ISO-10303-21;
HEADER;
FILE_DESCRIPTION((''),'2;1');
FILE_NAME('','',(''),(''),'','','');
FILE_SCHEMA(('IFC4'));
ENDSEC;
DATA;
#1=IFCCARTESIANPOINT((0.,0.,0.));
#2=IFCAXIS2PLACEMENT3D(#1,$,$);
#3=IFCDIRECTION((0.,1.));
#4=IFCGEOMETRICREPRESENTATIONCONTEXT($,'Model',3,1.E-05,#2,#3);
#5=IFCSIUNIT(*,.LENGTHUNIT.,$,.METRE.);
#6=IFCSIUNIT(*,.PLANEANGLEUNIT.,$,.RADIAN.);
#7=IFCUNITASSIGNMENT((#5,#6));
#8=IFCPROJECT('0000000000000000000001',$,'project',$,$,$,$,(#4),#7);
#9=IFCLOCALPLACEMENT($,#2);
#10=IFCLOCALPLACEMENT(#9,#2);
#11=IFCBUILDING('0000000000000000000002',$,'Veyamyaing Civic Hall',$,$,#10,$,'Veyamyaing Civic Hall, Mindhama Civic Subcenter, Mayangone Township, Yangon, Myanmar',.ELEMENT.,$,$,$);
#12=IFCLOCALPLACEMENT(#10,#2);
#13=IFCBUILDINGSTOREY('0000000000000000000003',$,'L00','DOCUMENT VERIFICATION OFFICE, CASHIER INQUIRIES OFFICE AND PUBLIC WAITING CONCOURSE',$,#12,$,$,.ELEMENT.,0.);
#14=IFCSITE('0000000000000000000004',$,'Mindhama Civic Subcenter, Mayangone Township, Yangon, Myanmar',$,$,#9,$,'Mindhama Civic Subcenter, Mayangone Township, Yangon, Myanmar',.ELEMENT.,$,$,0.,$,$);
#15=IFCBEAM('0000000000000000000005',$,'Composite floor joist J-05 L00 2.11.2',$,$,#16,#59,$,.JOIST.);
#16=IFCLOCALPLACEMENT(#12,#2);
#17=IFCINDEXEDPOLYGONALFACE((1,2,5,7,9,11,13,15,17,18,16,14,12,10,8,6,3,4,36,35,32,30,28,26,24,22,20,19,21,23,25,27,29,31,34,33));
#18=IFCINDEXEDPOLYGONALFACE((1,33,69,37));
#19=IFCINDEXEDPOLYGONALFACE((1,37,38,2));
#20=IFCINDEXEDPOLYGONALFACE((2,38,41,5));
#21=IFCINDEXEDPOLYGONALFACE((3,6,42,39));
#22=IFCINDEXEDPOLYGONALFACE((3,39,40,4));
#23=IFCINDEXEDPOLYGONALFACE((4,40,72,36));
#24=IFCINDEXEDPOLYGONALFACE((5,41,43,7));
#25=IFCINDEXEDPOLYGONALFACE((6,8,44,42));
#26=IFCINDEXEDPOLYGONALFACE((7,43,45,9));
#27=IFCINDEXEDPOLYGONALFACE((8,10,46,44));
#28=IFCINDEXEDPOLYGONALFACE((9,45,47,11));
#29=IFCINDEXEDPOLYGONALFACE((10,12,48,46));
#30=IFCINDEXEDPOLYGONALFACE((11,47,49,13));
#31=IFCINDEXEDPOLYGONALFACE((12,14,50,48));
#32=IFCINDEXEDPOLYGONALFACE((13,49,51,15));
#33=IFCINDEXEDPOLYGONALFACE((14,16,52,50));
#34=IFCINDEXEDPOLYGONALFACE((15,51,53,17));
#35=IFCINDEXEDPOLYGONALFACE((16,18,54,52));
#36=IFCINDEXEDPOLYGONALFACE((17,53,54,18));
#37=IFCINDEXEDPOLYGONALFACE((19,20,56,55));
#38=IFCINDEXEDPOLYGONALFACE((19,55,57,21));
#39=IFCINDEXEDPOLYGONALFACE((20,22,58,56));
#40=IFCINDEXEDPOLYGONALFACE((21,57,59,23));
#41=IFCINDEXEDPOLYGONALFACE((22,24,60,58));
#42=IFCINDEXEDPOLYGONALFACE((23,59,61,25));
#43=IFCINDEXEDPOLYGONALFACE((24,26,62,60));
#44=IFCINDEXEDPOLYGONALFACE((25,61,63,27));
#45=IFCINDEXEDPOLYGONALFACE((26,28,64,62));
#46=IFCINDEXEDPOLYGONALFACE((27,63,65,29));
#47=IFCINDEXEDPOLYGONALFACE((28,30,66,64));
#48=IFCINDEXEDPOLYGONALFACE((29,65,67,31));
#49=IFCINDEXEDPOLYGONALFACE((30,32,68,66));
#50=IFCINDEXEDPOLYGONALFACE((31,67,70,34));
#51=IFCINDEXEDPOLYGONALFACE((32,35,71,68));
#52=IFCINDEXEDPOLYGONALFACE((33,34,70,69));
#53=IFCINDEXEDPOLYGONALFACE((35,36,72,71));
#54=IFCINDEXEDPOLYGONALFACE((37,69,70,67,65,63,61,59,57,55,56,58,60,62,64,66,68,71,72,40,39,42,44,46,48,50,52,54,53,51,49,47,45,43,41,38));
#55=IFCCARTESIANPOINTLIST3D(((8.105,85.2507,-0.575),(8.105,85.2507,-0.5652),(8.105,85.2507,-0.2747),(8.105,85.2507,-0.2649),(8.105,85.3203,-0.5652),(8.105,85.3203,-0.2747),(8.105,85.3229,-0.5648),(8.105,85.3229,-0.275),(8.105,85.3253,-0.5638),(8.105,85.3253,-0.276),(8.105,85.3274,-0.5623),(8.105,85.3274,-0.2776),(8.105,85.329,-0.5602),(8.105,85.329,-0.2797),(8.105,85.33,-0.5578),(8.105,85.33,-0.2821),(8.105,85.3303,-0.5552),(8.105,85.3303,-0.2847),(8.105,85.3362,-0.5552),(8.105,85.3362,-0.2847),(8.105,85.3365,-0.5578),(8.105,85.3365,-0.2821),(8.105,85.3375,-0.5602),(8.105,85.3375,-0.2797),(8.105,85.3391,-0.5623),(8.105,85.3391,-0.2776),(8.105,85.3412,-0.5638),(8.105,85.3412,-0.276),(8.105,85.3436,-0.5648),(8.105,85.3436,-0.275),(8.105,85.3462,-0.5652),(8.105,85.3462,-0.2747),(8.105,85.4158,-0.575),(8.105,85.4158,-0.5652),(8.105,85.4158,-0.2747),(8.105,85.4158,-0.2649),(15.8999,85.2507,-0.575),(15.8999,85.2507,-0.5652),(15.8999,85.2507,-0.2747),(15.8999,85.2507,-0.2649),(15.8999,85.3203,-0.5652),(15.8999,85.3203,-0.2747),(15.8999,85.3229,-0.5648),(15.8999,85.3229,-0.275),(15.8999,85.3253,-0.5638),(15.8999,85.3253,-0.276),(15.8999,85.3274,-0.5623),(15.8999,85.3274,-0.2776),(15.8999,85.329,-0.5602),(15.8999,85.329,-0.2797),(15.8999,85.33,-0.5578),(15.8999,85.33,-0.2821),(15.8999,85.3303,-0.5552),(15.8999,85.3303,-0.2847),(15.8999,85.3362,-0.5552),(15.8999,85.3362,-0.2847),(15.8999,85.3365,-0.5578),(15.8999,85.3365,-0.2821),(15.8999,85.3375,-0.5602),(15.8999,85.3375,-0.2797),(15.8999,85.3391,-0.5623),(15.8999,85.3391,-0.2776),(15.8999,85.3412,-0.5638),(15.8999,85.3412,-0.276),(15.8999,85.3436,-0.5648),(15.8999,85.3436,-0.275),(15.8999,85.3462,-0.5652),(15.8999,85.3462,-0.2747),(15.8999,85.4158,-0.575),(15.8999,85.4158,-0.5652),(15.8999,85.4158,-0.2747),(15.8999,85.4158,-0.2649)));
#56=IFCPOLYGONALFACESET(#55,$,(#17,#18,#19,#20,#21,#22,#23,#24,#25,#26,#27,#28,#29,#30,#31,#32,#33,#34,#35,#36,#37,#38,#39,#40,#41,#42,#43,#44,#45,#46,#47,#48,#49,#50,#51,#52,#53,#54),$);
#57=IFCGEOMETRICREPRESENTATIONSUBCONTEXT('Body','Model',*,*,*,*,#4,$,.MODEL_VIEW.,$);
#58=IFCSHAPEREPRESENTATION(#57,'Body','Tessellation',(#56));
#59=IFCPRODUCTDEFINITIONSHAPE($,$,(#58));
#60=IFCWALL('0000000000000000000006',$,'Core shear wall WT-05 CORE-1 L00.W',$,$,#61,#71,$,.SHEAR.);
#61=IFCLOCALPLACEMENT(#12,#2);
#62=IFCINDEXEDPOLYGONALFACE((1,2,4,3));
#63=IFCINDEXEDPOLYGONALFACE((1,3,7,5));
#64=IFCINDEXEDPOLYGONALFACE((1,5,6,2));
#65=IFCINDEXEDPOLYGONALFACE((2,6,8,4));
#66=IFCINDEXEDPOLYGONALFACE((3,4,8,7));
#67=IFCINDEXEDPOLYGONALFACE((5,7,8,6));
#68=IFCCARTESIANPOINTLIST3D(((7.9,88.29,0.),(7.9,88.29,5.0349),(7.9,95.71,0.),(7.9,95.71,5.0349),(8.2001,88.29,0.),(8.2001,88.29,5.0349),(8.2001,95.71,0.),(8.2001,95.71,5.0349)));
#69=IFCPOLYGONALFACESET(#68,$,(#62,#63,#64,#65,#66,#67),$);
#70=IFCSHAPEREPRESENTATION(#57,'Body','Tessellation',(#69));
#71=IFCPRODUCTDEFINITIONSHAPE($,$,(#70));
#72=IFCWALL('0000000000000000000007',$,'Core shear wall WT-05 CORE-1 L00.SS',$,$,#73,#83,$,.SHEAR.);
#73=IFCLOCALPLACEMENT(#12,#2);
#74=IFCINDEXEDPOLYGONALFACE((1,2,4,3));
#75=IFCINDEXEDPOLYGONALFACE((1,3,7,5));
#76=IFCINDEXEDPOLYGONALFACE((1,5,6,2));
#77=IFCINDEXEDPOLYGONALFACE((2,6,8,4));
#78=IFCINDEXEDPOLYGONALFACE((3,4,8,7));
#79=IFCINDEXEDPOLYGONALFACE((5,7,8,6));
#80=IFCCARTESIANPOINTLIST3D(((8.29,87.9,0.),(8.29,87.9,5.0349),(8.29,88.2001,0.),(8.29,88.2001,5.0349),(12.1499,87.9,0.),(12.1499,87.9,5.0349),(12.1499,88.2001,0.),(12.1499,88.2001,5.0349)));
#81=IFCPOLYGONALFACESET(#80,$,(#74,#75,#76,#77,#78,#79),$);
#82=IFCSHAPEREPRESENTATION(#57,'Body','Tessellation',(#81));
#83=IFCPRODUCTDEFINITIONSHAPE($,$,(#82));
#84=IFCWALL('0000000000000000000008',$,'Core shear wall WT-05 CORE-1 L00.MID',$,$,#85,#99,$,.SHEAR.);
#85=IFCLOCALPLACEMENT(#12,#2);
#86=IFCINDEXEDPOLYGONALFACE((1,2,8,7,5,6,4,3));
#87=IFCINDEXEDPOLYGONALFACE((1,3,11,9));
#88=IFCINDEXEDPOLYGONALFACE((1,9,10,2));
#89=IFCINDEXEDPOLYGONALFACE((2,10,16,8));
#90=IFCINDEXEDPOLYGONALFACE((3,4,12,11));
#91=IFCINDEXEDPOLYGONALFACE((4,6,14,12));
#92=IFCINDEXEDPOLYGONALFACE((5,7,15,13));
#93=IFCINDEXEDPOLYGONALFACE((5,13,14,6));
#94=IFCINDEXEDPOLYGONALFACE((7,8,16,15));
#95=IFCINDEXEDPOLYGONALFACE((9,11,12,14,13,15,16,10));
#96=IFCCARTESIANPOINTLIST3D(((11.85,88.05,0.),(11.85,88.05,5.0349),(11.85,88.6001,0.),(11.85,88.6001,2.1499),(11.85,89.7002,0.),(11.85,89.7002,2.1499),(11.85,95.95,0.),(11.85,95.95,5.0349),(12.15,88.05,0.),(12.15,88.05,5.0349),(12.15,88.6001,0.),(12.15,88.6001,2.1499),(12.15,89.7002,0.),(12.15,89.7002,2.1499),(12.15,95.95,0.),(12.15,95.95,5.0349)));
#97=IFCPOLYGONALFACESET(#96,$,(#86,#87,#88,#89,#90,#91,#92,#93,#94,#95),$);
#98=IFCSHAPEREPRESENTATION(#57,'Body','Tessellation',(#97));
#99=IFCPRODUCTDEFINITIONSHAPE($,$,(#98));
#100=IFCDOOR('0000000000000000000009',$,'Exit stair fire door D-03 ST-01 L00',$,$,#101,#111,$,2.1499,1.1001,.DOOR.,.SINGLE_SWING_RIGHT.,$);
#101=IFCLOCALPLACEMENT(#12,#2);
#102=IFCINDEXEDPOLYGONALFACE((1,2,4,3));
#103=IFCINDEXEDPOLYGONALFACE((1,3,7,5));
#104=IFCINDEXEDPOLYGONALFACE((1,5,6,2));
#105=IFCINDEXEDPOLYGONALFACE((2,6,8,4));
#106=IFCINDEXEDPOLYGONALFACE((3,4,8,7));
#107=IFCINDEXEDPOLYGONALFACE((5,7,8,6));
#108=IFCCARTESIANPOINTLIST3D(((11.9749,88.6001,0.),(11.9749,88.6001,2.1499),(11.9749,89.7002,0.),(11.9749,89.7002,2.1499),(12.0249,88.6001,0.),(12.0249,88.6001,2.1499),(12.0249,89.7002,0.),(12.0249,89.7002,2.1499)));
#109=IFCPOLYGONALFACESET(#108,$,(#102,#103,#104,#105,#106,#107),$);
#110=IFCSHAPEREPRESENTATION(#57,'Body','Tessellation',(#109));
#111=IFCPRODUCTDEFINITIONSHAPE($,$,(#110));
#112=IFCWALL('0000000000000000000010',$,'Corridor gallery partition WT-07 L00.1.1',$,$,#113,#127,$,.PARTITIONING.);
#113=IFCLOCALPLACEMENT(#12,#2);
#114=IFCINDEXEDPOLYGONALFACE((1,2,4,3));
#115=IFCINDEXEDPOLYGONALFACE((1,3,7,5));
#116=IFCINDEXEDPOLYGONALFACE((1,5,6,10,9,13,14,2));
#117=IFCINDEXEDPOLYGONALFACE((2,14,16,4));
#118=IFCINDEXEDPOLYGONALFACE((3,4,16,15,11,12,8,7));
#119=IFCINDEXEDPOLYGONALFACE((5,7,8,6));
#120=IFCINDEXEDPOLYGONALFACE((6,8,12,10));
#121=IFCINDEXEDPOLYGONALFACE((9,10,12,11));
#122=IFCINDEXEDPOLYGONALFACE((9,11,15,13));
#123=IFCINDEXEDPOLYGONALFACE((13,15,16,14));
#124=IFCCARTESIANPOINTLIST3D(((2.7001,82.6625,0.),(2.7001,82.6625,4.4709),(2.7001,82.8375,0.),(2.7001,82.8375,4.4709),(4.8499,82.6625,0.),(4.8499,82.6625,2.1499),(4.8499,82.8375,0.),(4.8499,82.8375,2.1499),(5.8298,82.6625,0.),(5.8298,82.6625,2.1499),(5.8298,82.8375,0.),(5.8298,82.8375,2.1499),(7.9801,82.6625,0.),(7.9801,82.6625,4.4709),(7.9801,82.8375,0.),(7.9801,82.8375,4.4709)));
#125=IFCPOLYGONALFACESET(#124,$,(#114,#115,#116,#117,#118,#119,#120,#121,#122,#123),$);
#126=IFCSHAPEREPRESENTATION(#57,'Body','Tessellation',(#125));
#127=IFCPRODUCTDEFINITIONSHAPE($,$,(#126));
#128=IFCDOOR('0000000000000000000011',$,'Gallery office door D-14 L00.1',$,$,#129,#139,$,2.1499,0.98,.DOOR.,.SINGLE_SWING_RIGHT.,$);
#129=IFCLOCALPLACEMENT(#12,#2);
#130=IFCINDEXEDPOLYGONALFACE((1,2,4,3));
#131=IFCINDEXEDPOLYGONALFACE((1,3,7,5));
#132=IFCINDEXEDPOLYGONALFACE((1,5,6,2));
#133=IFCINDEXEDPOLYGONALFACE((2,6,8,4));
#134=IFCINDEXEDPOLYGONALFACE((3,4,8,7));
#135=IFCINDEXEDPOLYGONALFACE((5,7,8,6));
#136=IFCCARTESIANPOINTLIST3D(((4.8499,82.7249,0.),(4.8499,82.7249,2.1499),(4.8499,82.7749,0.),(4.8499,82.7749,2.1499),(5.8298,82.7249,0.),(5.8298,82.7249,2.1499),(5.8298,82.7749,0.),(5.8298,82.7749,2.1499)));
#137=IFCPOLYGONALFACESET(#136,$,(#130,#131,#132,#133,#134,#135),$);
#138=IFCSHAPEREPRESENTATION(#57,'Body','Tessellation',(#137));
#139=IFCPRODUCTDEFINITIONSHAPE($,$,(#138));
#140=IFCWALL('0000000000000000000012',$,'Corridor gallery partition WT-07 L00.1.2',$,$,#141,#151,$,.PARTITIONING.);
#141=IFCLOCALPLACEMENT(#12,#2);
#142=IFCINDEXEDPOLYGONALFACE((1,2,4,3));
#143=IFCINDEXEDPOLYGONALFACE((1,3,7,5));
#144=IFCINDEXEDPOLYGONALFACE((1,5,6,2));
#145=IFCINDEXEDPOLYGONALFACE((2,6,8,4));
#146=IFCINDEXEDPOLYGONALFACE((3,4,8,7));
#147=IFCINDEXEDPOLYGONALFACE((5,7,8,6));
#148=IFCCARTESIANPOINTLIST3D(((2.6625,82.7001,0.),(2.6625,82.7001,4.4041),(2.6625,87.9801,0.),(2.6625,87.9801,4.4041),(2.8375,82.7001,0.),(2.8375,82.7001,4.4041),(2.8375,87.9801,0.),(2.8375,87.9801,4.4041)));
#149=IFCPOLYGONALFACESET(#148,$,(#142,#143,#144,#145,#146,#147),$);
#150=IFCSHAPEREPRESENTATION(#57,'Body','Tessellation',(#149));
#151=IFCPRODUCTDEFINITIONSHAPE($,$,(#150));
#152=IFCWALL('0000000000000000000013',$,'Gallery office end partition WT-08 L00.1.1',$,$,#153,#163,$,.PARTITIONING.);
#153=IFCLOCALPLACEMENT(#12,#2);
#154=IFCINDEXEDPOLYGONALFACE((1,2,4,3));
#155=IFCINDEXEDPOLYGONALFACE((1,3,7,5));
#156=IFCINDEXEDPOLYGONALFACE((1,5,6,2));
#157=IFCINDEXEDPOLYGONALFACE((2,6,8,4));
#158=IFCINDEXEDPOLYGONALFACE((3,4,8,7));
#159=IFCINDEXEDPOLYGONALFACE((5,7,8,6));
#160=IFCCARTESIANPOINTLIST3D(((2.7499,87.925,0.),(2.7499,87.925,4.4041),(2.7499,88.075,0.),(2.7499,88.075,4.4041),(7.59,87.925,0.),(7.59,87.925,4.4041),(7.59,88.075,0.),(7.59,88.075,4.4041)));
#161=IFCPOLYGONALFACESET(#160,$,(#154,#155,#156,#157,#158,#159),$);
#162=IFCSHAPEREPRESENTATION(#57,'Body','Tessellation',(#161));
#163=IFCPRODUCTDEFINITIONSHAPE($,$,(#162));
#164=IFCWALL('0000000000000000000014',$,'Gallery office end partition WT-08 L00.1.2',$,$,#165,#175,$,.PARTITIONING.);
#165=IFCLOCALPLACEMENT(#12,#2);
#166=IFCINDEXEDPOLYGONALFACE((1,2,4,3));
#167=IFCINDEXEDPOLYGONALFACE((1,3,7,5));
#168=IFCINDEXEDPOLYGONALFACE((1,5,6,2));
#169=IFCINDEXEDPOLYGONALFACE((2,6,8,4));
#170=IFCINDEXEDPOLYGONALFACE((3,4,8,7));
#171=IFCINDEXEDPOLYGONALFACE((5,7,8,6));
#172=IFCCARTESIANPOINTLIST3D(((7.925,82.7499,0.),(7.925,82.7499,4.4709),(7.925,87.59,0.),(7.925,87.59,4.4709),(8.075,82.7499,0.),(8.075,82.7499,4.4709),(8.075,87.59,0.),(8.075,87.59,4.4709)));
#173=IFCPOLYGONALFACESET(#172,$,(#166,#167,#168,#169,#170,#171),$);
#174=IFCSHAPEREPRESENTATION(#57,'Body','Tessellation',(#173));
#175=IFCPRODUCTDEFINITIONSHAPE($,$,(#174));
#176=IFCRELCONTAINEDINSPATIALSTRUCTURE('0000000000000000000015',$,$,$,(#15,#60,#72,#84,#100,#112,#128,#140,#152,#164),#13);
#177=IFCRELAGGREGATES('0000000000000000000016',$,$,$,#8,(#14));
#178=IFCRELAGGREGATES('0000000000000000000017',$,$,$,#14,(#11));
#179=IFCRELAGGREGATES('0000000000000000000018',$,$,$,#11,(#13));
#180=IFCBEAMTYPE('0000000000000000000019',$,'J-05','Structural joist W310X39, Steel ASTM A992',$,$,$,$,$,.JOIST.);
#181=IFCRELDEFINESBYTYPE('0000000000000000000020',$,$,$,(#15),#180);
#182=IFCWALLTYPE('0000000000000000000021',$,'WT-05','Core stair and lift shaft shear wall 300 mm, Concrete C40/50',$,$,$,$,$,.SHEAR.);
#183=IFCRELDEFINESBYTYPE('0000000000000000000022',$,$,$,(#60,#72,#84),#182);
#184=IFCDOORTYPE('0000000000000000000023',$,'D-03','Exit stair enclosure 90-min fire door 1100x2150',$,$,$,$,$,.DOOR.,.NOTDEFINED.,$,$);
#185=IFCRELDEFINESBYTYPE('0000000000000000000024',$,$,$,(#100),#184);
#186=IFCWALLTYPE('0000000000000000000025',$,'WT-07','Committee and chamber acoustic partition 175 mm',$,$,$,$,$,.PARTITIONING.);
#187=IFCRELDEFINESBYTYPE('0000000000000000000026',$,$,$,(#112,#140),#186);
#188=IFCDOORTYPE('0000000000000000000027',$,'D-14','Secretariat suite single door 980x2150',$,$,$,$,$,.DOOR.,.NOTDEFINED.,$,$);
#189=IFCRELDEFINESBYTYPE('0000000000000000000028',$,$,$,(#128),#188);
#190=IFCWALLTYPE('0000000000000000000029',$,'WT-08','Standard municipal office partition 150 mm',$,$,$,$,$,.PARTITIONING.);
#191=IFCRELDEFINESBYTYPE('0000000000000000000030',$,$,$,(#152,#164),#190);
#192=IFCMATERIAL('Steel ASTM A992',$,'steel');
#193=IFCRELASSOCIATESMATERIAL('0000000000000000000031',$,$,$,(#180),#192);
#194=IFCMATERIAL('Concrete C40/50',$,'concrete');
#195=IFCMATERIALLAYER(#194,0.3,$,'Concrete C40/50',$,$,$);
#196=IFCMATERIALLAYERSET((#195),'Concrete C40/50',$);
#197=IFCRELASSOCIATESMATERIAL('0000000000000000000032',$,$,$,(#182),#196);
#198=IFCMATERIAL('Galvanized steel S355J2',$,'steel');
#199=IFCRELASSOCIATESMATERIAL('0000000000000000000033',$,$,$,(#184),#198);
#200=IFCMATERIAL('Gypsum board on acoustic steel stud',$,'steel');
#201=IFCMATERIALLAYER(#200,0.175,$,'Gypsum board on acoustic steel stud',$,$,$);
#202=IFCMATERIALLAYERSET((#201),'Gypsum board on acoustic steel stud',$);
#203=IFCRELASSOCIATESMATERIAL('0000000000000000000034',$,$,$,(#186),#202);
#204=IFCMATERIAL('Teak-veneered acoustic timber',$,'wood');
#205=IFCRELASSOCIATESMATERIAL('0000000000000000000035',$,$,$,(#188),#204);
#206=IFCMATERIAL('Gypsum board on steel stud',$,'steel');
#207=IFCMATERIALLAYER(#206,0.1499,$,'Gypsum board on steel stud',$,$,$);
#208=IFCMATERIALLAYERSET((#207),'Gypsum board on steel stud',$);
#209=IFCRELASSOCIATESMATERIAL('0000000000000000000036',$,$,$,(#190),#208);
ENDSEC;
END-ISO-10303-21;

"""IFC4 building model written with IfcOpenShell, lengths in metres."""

from ifc_helpers import new_model, si_unit, direction, frame, frame_2d, origin, origin_2d, place, context, subcontext, project, spatial, rectangle, i_section, extrude, material, layer, layer_set, material_profile, profile_set, type_object, element, fill, save


model = new_model("IFC4")

# Units and contexts
model_context = context("Model", 3, precision=1e-05, world=origin(), true_north=direction((0.0, 1.0)))
body_context = subcontext(model_context, "Body", "Model", "MODEL_VIEW")
ifc_project = project(units=[si_unit("LENGTHUNIT", "METRE"), si_unit("PLANEANGLEUNIT", "RADIAN")], contexts=[model_context])

# Site, building, storey
site_placement = place(None, origin())
site = spatial("IfcSite", under=ifc_project, at=site_placement, Name="Mindhama Civic Subcenter, Mayangone Township, Yangon, Myanmar", LongName="Mindhama Civic Subcenter, Mayangone Township, Yangon, Myanmar", CompositionType="ELEMENT", RefElevation=0.0)
building_placement = place(site_placement, origin())
building = spatial("IfcBuilding", under=site, at=building_placement, Name="Veyamyaing Civic Hall", LongName="Veyamyaing Civic Hall, Mindhama Civic Subcenter, Mayangone Township, Yangon, Myanmar", CompositionType="ELEMENT")
storey_placement = place(building_placement, origin())
storey = spatial("IfcBuildingStorey", under=building, at=storey_placement, Name="L00", Description="DOCUMENT VERIFICATION OFFICE, CASHIER INQUIRIES OFFICE AND PUBLIC WAITING CONCOURSE", CompositionType="ELEMENT", Elevation=0.0)

# Beam
ifc_material_1 = material(Name="Steel ASTM A992", Category="steel")
ifc_material_profile_1 = material_profile(ifc_material_1, i_section(OverallWidth=0.165, OverallDepth=0.3101, WebThickness=0.0059, FlangeThickness=0.0098, FilletRadius=0.01, at=origin_2d()), Name="W310X39")
ifc_profile_set_1 = profile_set([ifc_material_profile_1], Name="Steel ASTM A992")
beam_type_1 = type_object("IfcBeamType", Name="J-05", Description="Structural joist W310X39, Steel ASTM A992", PredefinedType="JOIST", material=ifc_profile_set_1)
for number, where, z_axis, x_axis, name in (
    (1, (8.105, 85.3333, -0.4199), (1.0, 0.0, 0.0), (0.0, 1.0, 0.0), "Composite floor joist J-05 L00 2.11.2"),
):
    element("IfcBeam", number, at=place(storey_placement, frame(where, z_axis=z_axis, x_axis=x_axis)), inside=storey, type_object=beam_type_1, Name=name, PredefinedType="JOIST", context=body_context, shape_type="SweptSolid", body=[
        extrude(i_section(OverallWidth=0.165, OverallDepth=0.3101, WebThickness=0.0059, FlangeThickness=0.0098, FilletRadius=0.01, at=origin_2d()), origin(), (0.0, 0.0, 1.0), 7.7949),
    ])

# Walls
ifc_material_2 = material(Name="Concrete C40/50", Category="concrete")
ifc_layer_1 = layer(ifc_material_2, 0.3, Name="Concrete C40/50")
ifc_layer_set_1 = layer_set([ifc_layer_1], Name="Concrete C40/50")
wall_type_1 = type_object("IfcWallType", Name="WT-05", Description="Core stair and lift shaft shear wall 300 mm, Concrete C40/50", PredefinedType="SHEAR", material=ifc_layer_set_1)
wall_1_placement = place(storey_placement, frame((8.05, 88.29, 0.0), z_axis=(0.0, 0.0, 1.0), x_axis=(0.0, 1.0, 0.0)))
element("IfcWall", 2, at=wall_1_placement, inside=storey, type_object=wall_type_1, Name="Core shear wall WT-05 CORE-1 L00.W", PredefinedType="SHEAR", context=body_context, shape_type="SweptSolid", body=[
    extrude(rectangle(XDim=7.4199, YDim=0.3, at=frame_2d((3.71, 0.0))), origin(), (0.0, 0.0, 1.0), 5.0349),
])
wall_2_placement = place(storey_placement, frame((8.29, 88.05, 0.0), z_axis=(0.0, 0.0, 1.0), x_axis=(1.0, 0.0, 0.0)))
element("IfcWall", 3, at=wall_2_placement, inside=storey, type_object=wall_type_1, Name="Core shear wall WT-05 CORE-1 L00.SS", PredefinedType="SHEAR", context=body_context, shape_type="SweptSolid", body=[
    extrude(rectangle(XDim=3.8599, YDim=0.3, at=frame_2d((1.9299, 0.0))), origin(), (0.0, 0.0, 1.0), 5.0349),
])

# Walls, openings, doors
wall_3_placement = place(storey_placement, frame((12.0, 88.05, 0.0), z_axis=(0.0, 0.0, 1.0), x_axis=(0.0, 1.0, 0.0)))
wall_3 = element("IfcWall", 4, at=wall_3_placement, inside=storey, type_object=wall_type_1, Name="Core shear wall WT-05 CORE-1 L00.MID", PredefinedType="SHEAR", context=body_context, shape_type="SweptSolid", body=[
    extrude(rectangle(XDim=7.8999, YDim=0.3, at=frame_2d((3.95, 0.0))), origin(), (0.0, 0.0, 1.0), 5.0349),
])
opening_1_placement = place(wall_3_placement, frame((0.55, 0.0, 0.0)))
opening_1 = element("IfcOpeningElement", 5, at=opening_1_placement, cuts=wall_3, PredefinedType="OPENING", context=body_context, shape_type="SweptSolid", body=[
    extrude(rectangle(XDim=1.1001, YDim=2.1499, at=frame_2d((0.55, 1.075))), frame((0.0, 0.1599, 0.0), z_axis=(0.0, -1.0, 0.0), x_axis=(1.0, 0.0, 0.0)), (0.0, 0.0, 1.0), 0.3201),
])
ifc_material_3 = material(Name="Galvanized steel S355J2", Category="steel")
door_type_1 = type_object("IfcDoorType", Name="D-03", Description="Exit stair enclosure 90-min fire door 1100x2150", OperationType="NOTDEFINED", PredefinedType="DOOR", material=ifc_material_3)
door_1_placement = place(opening_1_placement, frame((1.1001, 0.0, 0.0), z_axis=(0.0, 0.0, 1.0), x_axis=(-1.0, 0.0, 0.0)))
door_1 = element("IfcDoor", 6, at=door_1_placement, inside=storey, type_object=door_type_1, Name="Exit stair fire door D-03 ST-01 L00", OperationType="SINGLE_SWING_RIGHT", OverallHeight=2.1499, OverallWidth=1.1001, PredefinedType="DOOR", context=body_context, shape_type="SweptSolid", body=[
    extrude(rectangle(XDim=1.1001, YDim=2.1499, at=frame_2d((0.55, 1.075))), frame((0.0, 0.0249, 0.0), z_axis=(0.0, -1.0, 0.0), x_axis=(1.0, 0.0, 0.0)), (0.0, 0.0, 1.0), 0.05),
])
fill(opening_1, door_1)
ifc_material_4 = material(Name="Gypsum board on acoustic steel stud", Category="steel")
ifc_layer_2 = layer(ifc_material_4, 0.175, Name="Gypsum board on acoustic steel stud")
ifc_layer_set_2 = layer_set([ifc_layer_2], Name="Gypsum board on acoustic steel stud")
wall_type_2 = type_object("IfcWallType", Name="WT-07", Description="Committee and chamber acoustic partition 175 mm", PredefinedType="PARTITIONING", material=ifc_layer_set_2)
wall_4_placement = place(storey_placement, frame((2.7, 82.75, 0.0), z_axis=(0.0, 0.0, 1.0), x_axis=(1.0, 0.0, 0.0)))
wall_4 = element("IfcWall", 7, at=wall_4_placement, inside=storey, type_object=wall_type_2, Name="Corridor gallery partition WT-07 L00.1.1", PredefinedType="PARTITIONING", context=body_context, shape_type="SweptSolid", body=[
    extrude(rectangle(XDim=5.28, YDim=0.175, at=frame_2d((2.6401, 0.0))), origin(), (0.0, 0.0, 1.0), 4.4709),
])
opening_2_placement = place(wall_4_placement, frame((2.1499, 0.0, 0.0)))
opening_2 = element("IfcOpeningElement", 8, at=opening_2_placement, cuts=wall_4, PredefinedType="OPENING", context=body_context, shape_type="SweptSolid", body=[
    extrude(rectangle(XDim=0.98, YDim=2.1499, at=frame_2d((0.49, 1.075))), frame((0.0, 0.0974, 0.0), z_axis=(0.0, -1.0, 0.0), x_axis=(1.0, 0.0, 0.0)), (0.0, 0.0, 1.0), 0.1951),
])
ifc_material_5 = material(Name="Teak-veneered acoustic timber", Category="wood")
door_type_2 = type_object("IfcDoorType", Name="D-14", Description="Secretariat suite single door 980x2150", OperationType="NOTDEFINED", PredefinedType="DOOR", material=ifc_material_5)
door_2_placement = place(opening_2_placement, origin())
door_2 = element("IfcDoor", 9, at=door_2_placement, inside=storey, type_object=door_type_2, Name="Gallery office door D-14 L00.1", OperationType="SINGLE_SWING_RIGHT", OverallHeight=2.1499, OverallWidth=0.98, PredefinedType="DOOR", context=body_context, shape_type="SweptSolid", body=[
    extrude(rectangle(XDim=0.98, YDim=2.1499, at=frame_2d((0.49, 1.075))), frame((0.0, 0.0249, 0.0), z_axis=(0.0, -1.0, 0.0), x_axis=(1.0, 0.0, 0.0)), (0.0, 0.0, 1.0), 0.05),
])
fill(opening_2, door_2)

# Walls
wall_5_placement = place(storey_placement, frame((2.75, 82.7, 0.0), z_axis=(0.0, 0.0, 1.0), x_axis=(0.0, 1.0, 0.0)))
element("IfcWall", 10, at=wall_5_placement, inside=storey, type_object=wall_type_2, Name="Corridor gallery partition WT-07 L00.1.2", PredefinedType="PARTITIONING", context=body_context, shape_type="SweptSolid", body=[
    extrude(rectangle(XDim=5.28, YDim=0.175, at=frame_2d((2.6401, 0.0))), origin(), (0.0, 0.0, 1.0), 4.4041),
])
ifc_material_6 = material(Name="Gypsum board on steel stud", Category="steel")
ifc_layer_3 = layer(ifc_material_6, 0.1499, Name="Gypsum board on steel stud")
ifc_layer_set_3 = layer_set([ifc_layer_3], Name="Gypsum board on steel stud")
wall_type_3 = type_object("IfcWallType", Name="WT-08", Description="Standard municipal office partition 150 mm", PredefinedType="PARTITIONING", material=ifc_layer_set_3)
wall_6_placement = place(storey_placement, frame((2.75, 88.0, 0.0), z_axis=(0.0, 0.0, 1.0), x_axis=(1.0, 0.0, 0.0)))
element("IfcWall", 11, at=wall_6_placement, inside=storey, type_object=wall_type_3, Name="Gallery office end partition WT-08 L00.1.1", PredefinedType="PARTITIONING", context=body_context, shape_type="SweptSolid", body=[
    extrude(rectangle(XDim=4.8401, YDim=0.1499, at=frame_2d((2.4199, 0.0))), origin(), (0.0, 0.0, 1.0), 4.4041),
])
wall_7_placement = place(storey_placement, frame((8.0, 82.75, 0.0), z_axis=(0.0, 0.0, 1.0), x_axis=(0.0, 1.0, 0.0)))
element("IfcWall", 12, at=wall_7_placement, inside=storey, type_object=wall_type_3, Name="Gallery office end partition WT-08 L00.1.2", PredefinedType="PARTITIONING", context=body_context, shape_type="SweptSolid", body=[
    extrude(rectangle(XDim=4.8401, YDim=0.1499, at=frame_2d((2.4199, 0.0))), origin(), (0.0, 0.0, 1.0), 4.4709),
])

save(model, "model.ifc")
